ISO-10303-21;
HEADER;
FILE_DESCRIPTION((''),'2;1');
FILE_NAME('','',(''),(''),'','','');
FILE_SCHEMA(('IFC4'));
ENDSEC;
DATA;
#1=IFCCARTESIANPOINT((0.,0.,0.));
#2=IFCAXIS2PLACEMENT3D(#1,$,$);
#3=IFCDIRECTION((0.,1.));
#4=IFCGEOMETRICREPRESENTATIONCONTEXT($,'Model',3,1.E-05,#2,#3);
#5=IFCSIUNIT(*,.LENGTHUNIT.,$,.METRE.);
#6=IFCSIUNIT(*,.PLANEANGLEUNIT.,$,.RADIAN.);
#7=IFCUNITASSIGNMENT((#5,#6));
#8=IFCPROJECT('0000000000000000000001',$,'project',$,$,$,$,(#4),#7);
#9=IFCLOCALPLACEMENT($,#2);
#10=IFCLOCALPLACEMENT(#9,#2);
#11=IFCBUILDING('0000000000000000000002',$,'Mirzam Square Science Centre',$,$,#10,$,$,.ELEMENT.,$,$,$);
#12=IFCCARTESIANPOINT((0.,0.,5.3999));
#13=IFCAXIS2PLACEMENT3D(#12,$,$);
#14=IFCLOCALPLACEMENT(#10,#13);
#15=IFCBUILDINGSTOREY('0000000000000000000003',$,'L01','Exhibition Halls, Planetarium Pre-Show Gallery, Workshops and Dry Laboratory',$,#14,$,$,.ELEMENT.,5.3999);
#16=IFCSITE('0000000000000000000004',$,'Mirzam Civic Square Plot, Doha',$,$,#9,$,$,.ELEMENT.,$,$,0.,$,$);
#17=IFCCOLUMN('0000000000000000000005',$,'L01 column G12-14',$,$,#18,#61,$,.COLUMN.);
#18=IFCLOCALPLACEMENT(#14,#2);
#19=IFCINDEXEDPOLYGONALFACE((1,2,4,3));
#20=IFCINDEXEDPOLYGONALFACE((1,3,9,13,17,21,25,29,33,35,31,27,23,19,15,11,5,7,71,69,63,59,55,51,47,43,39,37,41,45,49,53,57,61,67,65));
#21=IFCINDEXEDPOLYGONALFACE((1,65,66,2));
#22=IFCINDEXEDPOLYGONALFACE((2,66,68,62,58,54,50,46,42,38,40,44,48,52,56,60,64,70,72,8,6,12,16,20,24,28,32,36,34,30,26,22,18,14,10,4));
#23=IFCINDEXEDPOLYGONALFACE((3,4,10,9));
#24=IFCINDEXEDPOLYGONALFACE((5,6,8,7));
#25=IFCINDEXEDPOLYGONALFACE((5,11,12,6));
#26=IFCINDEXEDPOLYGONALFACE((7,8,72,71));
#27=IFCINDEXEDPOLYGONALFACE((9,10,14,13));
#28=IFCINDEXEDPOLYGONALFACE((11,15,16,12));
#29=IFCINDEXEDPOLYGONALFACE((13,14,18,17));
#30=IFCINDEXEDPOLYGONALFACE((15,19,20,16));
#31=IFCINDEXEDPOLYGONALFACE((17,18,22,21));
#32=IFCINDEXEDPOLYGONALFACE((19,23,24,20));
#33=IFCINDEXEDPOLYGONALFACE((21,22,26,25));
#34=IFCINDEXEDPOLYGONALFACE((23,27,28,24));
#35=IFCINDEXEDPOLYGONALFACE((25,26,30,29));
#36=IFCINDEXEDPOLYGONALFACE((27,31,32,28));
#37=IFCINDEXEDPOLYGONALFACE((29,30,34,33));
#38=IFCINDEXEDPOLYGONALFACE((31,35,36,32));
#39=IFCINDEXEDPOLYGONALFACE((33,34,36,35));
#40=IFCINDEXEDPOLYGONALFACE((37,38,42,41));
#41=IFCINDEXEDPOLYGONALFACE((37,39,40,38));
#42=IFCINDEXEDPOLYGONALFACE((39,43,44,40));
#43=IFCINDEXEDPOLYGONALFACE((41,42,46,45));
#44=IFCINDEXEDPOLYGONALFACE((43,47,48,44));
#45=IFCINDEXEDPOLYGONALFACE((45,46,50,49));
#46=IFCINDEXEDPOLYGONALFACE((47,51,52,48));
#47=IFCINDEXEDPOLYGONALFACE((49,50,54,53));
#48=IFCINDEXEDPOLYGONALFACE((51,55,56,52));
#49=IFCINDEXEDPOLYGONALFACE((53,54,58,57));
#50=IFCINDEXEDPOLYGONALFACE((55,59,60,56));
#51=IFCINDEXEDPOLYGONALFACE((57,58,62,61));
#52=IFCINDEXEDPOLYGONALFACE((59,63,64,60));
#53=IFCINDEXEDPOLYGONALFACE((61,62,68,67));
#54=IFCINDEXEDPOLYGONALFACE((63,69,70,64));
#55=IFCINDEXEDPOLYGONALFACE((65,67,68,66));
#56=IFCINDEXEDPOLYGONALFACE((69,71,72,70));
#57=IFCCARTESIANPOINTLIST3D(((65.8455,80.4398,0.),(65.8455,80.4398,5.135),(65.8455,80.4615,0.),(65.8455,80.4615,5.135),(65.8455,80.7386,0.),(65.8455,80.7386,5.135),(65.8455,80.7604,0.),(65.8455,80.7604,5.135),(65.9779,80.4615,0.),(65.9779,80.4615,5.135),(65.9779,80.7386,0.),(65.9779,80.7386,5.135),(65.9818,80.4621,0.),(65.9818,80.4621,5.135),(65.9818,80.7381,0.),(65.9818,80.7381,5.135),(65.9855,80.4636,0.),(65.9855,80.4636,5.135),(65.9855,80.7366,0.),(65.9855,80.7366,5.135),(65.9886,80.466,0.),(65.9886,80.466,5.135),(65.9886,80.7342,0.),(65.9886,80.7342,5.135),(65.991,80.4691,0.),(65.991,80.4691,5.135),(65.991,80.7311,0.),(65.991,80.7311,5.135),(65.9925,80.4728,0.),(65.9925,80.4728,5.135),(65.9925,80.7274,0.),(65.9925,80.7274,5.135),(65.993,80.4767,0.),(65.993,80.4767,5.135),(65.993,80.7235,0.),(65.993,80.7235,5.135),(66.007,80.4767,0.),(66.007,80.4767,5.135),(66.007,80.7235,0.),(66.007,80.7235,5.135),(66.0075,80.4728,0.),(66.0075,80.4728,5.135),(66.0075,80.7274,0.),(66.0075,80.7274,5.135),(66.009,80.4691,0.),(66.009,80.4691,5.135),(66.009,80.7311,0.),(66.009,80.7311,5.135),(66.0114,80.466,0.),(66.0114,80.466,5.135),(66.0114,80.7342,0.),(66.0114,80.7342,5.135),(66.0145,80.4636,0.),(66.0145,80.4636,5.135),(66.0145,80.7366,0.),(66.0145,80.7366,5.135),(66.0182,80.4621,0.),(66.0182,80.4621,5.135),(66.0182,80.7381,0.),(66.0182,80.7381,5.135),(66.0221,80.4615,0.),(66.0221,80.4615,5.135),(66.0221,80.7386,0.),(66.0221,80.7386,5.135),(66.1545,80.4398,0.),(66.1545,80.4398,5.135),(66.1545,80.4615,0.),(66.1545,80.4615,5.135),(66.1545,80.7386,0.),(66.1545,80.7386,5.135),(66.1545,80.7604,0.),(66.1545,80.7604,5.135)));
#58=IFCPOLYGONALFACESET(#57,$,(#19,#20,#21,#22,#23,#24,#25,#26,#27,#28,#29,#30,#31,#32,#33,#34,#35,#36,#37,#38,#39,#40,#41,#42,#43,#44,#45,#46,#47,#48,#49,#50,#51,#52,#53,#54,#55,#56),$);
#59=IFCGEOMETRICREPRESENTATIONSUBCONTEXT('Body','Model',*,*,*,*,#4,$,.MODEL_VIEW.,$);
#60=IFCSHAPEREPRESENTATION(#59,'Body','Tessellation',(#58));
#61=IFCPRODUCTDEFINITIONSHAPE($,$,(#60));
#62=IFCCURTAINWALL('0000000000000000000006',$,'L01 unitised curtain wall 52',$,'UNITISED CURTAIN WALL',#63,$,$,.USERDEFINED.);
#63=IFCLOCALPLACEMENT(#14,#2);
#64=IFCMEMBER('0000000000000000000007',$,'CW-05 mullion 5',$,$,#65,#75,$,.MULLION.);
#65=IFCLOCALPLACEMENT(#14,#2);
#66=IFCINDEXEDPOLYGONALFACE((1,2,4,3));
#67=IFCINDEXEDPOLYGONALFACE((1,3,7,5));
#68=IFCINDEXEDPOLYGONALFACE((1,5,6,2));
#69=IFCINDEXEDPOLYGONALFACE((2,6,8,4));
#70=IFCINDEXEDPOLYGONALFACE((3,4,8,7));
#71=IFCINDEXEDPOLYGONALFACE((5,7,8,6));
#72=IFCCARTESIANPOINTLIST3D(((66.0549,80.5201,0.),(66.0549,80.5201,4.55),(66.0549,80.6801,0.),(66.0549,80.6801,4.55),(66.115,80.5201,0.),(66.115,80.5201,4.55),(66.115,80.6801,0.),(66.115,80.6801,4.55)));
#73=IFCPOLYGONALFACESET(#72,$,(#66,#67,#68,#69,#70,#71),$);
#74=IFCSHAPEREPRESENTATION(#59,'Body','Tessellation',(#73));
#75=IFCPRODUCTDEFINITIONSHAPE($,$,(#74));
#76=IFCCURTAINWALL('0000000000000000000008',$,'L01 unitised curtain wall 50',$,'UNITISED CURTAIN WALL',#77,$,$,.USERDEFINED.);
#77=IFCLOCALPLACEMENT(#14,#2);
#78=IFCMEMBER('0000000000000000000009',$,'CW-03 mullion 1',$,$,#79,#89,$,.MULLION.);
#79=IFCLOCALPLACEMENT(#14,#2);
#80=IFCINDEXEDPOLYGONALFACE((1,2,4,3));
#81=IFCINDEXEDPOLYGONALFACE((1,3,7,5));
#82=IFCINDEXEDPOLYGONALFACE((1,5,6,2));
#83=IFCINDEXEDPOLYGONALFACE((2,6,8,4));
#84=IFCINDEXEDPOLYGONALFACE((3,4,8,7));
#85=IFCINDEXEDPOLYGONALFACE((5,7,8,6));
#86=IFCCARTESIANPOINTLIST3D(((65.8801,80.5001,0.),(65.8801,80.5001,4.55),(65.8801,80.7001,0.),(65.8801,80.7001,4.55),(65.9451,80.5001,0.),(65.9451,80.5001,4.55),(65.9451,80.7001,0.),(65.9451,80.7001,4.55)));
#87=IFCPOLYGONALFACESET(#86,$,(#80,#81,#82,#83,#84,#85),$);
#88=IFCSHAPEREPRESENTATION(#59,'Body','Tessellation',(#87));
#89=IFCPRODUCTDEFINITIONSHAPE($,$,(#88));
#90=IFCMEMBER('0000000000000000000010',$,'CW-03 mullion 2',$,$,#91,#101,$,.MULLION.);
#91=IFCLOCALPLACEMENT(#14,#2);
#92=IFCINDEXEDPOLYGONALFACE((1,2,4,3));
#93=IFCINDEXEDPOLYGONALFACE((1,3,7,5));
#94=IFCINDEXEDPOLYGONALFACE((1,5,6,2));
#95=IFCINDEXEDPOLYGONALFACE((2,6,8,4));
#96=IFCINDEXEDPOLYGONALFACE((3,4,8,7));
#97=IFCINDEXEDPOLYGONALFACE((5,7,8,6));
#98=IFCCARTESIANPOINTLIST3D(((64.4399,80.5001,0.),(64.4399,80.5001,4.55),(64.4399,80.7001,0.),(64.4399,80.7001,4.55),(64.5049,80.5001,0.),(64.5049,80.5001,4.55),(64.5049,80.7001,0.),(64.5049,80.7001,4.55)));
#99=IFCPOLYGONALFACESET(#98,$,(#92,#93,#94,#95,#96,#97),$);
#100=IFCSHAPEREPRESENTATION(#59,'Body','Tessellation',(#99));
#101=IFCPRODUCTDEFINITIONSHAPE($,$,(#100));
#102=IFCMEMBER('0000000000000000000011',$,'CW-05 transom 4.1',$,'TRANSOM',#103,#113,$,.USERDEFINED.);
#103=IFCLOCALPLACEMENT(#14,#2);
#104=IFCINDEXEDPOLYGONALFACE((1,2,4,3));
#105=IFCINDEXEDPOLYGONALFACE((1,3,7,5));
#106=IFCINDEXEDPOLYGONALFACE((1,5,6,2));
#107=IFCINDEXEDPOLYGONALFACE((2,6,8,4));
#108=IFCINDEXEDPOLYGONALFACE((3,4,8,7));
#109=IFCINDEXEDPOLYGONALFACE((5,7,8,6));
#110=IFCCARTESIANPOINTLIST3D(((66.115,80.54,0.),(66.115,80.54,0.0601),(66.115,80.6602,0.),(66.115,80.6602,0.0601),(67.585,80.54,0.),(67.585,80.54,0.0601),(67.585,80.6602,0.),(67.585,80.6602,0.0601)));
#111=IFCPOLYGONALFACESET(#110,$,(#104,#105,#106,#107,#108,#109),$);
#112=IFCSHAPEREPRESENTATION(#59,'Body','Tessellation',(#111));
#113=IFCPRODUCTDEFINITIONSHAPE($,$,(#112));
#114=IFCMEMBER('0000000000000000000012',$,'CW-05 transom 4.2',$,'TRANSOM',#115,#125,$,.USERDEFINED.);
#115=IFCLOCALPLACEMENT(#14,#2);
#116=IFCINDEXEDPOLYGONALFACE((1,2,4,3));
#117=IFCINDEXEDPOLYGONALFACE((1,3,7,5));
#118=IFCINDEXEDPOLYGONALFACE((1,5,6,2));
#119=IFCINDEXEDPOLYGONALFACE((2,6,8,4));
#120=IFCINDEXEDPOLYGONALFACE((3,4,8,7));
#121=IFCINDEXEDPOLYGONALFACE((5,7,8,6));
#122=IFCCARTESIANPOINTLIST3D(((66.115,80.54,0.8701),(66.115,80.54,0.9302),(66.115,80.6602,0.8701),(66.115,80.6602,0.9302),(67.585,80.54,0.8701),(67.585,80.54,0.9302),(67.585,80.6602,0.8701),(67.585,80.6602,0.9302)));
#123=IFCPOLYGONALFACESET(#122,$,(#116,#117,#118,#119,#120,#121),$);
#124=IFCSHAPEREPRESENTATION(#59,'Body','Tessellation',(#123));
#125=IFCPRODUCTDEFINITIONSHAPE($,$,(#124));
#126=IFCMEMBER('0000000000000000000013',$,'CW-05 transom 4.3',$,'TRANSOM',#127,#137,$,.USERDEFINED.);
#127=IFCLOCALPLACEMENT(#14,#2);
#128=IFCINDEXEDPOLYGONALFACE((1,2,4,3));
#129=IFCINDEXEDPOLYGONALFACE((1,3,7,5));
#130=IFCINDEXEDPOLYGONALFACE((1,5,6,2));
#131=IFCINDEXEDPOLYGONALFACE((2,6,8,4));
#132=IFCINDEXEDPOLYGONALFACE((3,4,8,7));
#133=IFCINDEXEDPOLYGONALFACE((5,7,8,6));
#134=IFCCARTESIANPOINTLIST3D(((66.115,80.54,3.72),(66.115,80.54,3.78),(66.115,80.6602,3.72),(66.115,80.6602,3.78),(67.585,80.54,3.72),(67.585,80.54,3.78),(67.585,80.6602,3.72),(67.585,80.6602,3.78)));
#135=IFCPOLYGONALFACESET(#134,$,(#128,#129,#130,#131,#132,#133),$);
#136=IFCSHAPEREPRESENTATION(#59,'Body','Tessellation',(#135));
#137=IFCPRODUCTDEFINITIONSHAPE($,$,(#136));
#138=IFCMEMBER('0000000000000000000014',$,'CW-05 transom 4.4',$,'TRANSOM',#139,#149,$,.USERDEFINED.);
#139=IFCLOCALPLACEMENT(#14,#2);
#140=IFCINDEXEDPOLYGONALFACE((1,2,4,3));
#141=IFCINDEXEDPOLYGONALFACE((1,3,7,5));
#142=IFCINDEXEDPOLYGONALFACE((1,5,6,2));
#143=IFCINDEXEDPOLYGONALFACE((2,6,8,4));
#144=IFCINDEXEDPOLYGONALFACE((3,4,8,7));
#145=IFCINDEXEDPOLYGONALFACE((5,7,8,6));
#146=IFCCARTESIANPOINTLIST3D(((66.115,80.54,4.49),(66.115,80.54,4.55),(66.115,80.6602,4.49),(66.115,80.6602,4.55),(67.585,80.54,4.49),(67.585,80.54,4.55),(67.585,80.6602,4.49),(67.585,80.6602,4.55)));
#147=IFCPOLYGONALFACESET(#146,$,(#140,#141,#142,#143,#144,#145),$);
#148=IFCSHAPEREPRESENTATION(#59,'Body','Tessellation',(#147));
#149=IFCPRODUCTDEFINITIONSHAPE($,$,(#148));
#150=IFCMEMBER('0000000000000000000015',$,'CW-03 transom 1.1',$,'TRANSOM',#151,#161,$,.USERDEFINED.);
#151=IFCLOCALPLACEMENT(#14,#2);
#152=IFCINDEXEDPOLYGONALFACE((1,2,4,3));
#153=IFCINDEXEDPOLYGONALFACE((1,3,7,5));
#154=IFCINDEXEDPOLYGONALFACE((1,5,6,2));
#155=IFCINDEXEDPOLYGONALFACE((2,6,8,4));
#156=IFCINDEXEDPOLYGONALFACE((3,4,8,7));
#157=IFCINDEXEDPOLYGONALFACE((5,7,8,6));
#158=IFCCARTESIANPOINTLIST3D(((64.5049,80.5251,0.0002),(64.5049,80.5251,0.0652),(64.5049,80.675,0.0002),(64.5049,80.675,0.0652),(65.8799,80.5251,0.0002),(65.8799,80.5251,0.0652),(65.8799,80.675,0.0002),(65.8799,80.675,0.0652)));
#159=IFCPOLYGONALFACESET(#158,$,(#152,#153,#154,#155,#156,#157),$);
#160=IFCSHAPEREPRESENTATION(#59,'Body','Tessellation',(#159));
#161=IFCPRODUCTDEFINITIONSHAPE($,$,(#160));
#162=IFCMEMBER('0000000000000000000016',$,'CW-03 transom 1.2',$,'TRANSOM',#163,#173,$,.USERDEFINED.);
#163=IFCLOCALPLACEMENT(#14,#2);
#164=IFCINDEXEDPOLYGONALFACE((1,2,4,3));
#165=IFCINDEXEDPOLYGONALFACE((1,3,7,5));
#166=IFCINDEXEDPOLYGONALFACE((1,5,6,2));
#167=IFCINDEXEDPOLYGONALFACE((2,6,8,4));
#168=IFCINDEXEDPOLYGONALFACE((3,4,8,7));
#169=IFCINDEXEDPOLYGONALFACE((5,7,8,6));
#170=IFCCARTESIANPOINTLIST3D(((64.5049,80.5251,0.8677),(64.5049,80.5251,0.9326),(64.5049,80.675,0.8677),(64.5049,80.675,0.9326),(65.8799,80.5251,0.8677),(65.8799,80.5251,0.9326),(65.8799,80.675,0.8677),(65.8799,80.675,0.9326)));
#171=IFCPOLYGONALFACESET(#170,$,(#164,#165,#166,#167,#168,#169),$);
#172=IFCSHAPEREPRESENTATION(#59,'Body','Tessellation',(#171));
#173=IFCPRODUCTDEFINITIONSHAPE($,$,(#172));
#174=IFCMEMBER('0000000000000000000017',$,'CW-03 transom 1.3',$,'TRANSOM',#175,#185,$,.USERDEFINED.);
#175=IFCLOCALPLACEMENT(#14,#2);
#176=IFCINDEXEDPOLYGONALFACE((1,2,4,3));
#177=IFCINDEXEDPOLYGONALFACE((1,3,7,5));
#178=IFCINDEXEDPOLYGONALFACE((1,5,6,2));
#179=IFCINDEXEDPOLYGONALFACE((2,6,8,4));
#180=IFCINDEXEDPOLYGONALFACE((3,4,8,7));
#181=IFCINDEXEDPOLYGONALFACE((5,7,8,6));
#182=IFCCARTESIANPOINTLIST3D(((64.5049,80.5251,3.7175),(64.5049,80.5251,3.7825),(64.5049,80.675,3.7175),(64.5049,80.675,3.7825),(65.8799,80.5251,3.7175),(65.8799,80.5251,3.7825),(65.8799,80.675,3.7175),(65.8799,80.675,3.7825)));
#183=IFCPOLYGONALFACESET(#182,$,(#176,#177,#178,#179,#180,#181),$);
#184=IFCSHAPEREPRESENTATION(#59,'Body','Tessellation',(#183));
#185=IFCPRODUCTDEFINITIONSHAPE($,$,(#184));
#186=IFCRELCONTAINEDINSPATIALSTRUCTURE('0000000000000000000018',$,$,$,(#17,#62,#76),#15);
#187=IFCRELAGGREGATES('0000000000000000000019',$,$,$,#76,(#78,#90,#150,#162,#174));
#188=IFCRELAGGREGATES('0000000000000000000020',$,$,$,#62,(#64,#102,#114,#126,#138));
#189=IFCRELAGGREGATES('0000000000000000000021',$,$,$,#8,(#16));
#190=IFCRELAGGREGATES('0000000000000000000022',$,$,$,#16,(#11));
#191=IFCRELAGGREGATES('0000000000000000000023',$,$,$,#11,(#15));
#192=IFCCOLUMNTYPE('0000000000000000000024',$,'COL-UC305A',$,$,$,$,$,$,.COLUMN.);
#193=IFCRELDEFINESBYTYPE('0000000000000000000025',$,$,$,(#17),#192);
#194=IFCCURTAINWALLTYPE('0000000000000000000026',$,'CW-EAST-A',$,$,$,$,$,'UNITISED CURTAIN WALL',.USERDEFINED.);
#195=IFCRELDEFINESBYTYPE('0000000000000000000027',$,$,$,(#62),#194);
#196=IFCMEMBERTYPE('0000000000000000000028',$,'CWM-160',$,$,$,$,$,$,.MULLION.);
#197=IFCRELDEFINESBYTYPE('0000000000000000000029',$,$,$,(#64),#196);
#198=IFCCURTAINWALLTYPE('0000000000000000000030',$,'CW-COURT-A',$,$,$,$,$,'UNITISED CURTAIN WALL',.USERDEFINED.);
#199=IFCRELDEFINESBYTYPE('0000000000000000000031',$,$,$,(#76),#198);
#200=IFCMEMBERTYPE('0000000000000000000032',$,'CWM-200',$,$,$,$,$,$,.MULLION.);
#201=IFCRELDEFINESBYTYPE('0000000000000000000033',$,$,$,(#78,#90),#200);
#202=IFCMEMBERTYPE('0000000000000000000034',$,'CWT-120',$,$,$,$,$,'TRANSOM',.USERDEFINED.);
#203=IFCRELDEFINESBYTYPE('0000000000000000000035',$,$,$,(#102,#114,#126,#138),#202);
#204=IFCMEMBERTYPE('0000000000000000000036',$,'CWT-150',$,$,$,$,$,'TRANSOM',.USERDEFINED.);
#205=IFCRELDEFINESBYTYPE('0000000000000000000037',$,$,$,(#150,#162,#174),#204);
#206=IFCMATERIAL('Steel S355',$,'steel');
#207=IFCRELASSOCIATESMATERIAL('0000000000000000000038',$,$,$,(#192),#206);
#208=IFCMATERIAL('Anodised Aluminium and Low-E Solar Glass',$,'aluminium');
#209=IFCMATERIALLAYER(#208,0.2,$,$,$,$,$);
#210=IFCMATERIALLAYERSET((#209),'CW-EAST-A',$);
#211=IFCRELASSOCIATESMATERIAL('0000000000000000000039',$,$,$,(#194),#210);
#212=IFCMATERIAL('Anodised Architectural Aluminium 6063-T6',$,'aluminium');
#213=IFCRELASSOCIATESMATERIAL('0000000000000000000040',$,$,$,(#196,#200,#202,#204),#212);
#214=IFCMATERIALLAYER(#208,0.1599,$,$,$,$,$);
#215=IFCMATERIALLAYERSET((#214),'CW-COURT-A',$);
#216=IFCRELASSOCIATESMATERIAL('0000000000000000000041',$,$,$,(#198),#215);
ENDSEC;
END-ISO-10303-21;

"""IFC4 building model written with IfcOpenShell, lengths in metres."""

from ifc_helpers import new_model, si_unit, direction, frame, origin, origin_2d, place, context, subcontext, project, spatial, rectangle, i_section, extrude, material, layer, layer_set, material_profile, profile_set, type_object, element, aggregate, save


model = new_model("IFC4")

# Units and contexts
model_context = context("Model", 3, precision=1e-05, world=origin(), true_north=direction((0.0, 1.0)))
body_context = subcontext(model_context, "Body", "Model", "MODEL_VIEW")
ifc_project = project(units=[si_unit("LENGTHUNIT", "METRE"), si_unit("PLANEANGLEUNIT", "RADIAN")], contexts=[model_context])

# Site, building, storey
site_placement = place(None, origin())
site = spatial("IfcSite", under=ifc_project, at=site_placement, Name="Mirzam Civic Square Plot, Doha", CompositionType="ELEMENT", RefElevation=0.0)
building_placement = place(site_placement, origin())
building = spatial("IfcBuilding", under=site, at=building_placement, Name="Mirzam Square Science Centre", CompositionType="ELEMENT")
storey_placement = place(building_placement, frame((0.0, 0.0, 5.3999)))
storey = spatial("IfcBuildingStorey", under=building, at=storey_placement, Name="L01", Description="Exhibition Halls, Planetarium Pre-Show Gallery, Workshops and Dry Laboratory", CompositionType="ELEMENT", Elevation=5.3999)

# Column
ifc_material_1 = material(Name="Steel S355", Category="steel")
ifc_material_profile_1 = material_profile(ifc_material_1, i_section(OverallWidth=0.3091, OverallDepth=0.3206, WebThickness=0.0139, FlangeThickness=0.0217, FilletRadius=0.0151, at=origin_2d()), Name="305x305x137UC")
ifc_profile_set_1 = profile_set([ifc_material_profile_1], Name="Steel S355")
column_type = type_object("IfcColumnType", Name="COL-UC305A", PredefinedType="COLUMN", material=ifc_profile_set_1)
column_placement = place(storey_placement, frame((66.0, 80.6001, 0.0), z_axis=(0.0, 0.0, 1.0), x_axis=(1.0, 0.0, 0.0)))
element("IfcColumn", 1, at=column_placement, inside=storey, type_object=column_type, Name="L01 column G12-14", PredefinedType="COLUMN", context=body_context, shape_type="SweptSolid", body=[
    extrude(i_section(OverallWidth=0.3091, OverallDepth=0.3206, WebThickness=0.0139, FlangeThickness=0.0217, FilletRadius=0.0151, at=origin_2d()), origin(), (0.0, 0.0, 1.0), 5.135),
])

# Curtain wall, member
ifc_material_2 = material(Name="Anodised Aluminium and Low-E Solar Glass", Category="aluminium")
ifc_layer_1 = layer(ifc_material_2, 0.2)
ifc_layer_set_1 = layer_set([ifc_layer_1], Name="CW-EAST-A")
curtain_wall_type_1 = type_object("IfcCurtainWallType", Name="CW-EAST-A", ElementType="UNITISED CURTAIN WALL", PredefinedType="USERDEFINED", material=ifc_layer_set_1)
curtain_wall_1_placement = place(storey_placement, origin())
curtain_wall_1 = element("IfcCurtainWall", 2, at=curtain_wall_1_placement, inside=storey, type_object=curtain_wall_type_1, Name="L01 unitised curtain wall 52", ObjectType="UNITISED CURTAIN WALL", PredefinedType="USERDEFINED")
ifc_material_3 = material(Name="Anodised Architectural Aluminium 6063-T6", Category="aluminium")
ifc_material_profile_2 = material_profile(ifc_material_3, rectangle(XDim=0.0601, YDim=0.1599, at=origin_2d()), Name="ALU-MULL-160x60x4")
ifc_profile_set_2 = profile_set([ifc_material_profile_2], Name="Anodised Architectural Aluminium 6063-T6")
member_type_1 = type_object("IfcMemberType", Name="CWM-160", PredefinedType="MULLION", material=ifc_profile_set_2)
member_1_placement = place(storey_placement, frame((66.085, 80.6001, 0.0), z_axis=(0.0, 0.0, 1.0), x_axis=(-1.0, 0.0, 0.0)))
member_1 = element("IfcMember", 3, at=member_1_placement, type_object=member_type_1, Name="CW-05 mullion 5", PredefinedType="MULLION", context=body_context, shape_type="SweptSolid", body=[
    extrude(rectangle(XDim=0.0601, YDim=0.1599, at=origin_2d()), origin(), (0.0, 0.0, 1.0), 4.55),
])

# Curtain wall, members
ifc_layer_2 = layer(ifc_material_2, 0.1599)
ifc_layer_set_2 = layer_set([ifc_layer_2], Name="CW-COURT-A")
curtain_wall_type_2 = type_object("IfcCurtainWallType", Name="CW-COURT-A", ElementType="UNITISED CURTAIN WALL", PredefinedType="USERDEFINED", material=ifc_layer_set_2)
curtain_wall_2_placement = place(storey_placement, origin())
curtain_wall_2 = element("IfcCurtainWall", 4, at=curtain_wall_2_placement, inside=storey, type_object=curtain_wall_type_2, Name="L01 unitised curtain wall 50", ObjectType="UNITISED CURTAIN WALL", PredefinedType="USERDEFINED")
ifc_material_profile_3 = material_profile(ifc_material_3, rectangle(XDim=0.0649, YDim=0.2, at=origin_2d()), Name="ALU-MULL-200x65x5")
ifc_profile_set_3 = profile_set([ifc_material_profile_3], Name="Anodised Architectural Aluminium 6063-T6")
member_type_2 = type_object("IfcMemberType", Name="CWM-200", PredefinedType="MULLION", material=ifc_profile_set_3)
member_2_placement = place(storey_placement, frame((65.9126, 80.6001, 0.0), z_axis=(0.0, 0.0, 1.0), x_axis=(-1.0, 0.0, 0.0)))
member_2 = element("IfcMember", 5, at=member_2_placement, type_object=member_type_2, Name="CW-03 mullion 1", PredefinedType="MULLION", context=body_context, shape_type="SweptSolid", body=[
    extrude(rectangle(XDim=0.0649, YDim=0.2, at=origin_2d()), origin(), (0.0, 0.0, 1.0), 4.55),
])
member_3_placement = place(storey_placement, frame((64.4724, 80.6001, 0.0), z_axis=(0.0, 0.0, 1.0), x_axis=(-1.0, 0.0, 0.0)))
member_3 = element("IfcMember", 6, at=member_3_placement, type_object=member_type_2, Name="CW-03 mullion 2", PredefinedType="MULLION", context=body_context, shape_type="SweptSolid", body=[
    extrude(rectangle(XDim=0.0649, YDim=0.2, at=origin_2d()), origin(), (0.0, 0.0, 1.0), 4.55),
])

# Members
ifc_material_profile_4 = material_profile(ifc_material_3, rectangle(XDim=0.1201, YDim=0.0601, at=origin_2d()), Name="ALU-TRAN-120x60x4")
ifc_profile_set_4 = profile_set([ifc_material_profile_4], Name="Anodised Architectural Aluminium 6063-T6")
member_type_3 = type_object("IfcMemberType", Name="CWT-120", ElementType="TRANSOM", PredefinedType="USERDEFINED", material=ifc_profile_set_4)
member_4_placement = place(storey_placement, frame((67.585, 80.6001, 0.03), z_axis=(-1.0, 0.0, 0.0), x_axis=(0.0, -1.0, 0.0)))
member_4 = element("IfcMember", 7, at=member_4_placement, type_object=member_type_3, Name="CW-05 transom 4.1", ObjectType="TRANSOM", PredefinedType="USERDEFINED", context=body_context, shape_type="SweptSolid", body=[
    extrude(rectangle(XDim=0.1201, YDim=0.0601, at=origin_2d()), origin(), (0.0, 0.0, 1.0), 1.47),
])
member_5_placement = place(storey_placement, frame((67.585, 80.6001, 0.9001), z_axis=(-1.0, 0.0, 0.0), x_axis=(0.0, -1.0, 0.0)))
member_5 = element("IfcMember", 8, at=member_5_placement, type_object=member_type_3, Name="CW-05 transom 4.2", ObjectType="TRANSOM", PredefinedType="USERDEFINED", context=body_context, shape_type="SweptSolid", body=[
    extrude(rectangle(XDim=0.1201, YDim=0.0601, at=origin_2d()), origin(), (0.0, 0.0, 1.0), 1.47),
])
member_6_placement = place(storey_placement, frame((67.585, 80.6001, 3.75), z_axis=(-1.0, 0.0, 0.0), x_axis=(0.0, -1.0, 0.0)))
member_6 = element("IfcMember", 9, at=member_6_placement, type_object=member_type_3, Name="CW-05 transom 4.3", ObjectType="TRANSOM", PredefinedType="USERDEFINED", context=body_context, shape_type="SweptSolid", body=[
    extrude(rectangle(XDim=0.1201, YDim=0.0601, at=origin_2d()), origin(), (0.0, 0.0, 1.0), 1.47),
])
member_7_placement = place(storey_placement, frame((67.585, 80.6001, 4.52), z_axis=(-1.0, 0.0, 0.0), x_axis=(0.0, -1.0, 0.0)))
member_7 = element("IfcMember", 10, at=member_7_placement, type_object=member_type_3, Name="CW-05 transom 4.4", ObjectType="TRANSOM", PredefinedType="USERDEFINED", context=body_context, shape_type="SweptSolid", body=[
    extrude(rectangle(XDim=0.1201, YDim=0.0601, at=origin_2d()), origin(), (0.0, 0.0, 1.0), 1.47),
])
ifc_material_profile_5 = material_profile(ifc_material_3, rectangle(XDim=0.1499, YDim=0.0649, at=origin_2d()), Name="ALU-TRAN-150x65x4")
ifc_profile_set_5 = profile_set([ifc_material_profile_5], Name="Anodised Architectural Aluminium 6063-T6")
member_type_4 = type_object("IfcMemberType", Name="CWT-150", ElementType="TRANSOM", PredefinedType="USERDEFINED", material=ifc_profile_set_5)
member_8_placement = place(storey_placement, frame((65.8799, 80.6001, 0.0327), z_axis=(-1.0, 0.0, 0.0), x_axis=(0.0, -1.0, 0.0)))
member_8 = element("IfcMember", 11, at=member_8_placement, type_object=member_type_4, Name="CW-03 transom 1.1", ObjectType="TRANSOM", PredefinedType="USERDEFINED", context=body_context, shape_type="SweptSolid", body=[
    extrude(rectangle(XDim=0.1499, YDim=0.0649, at=origin_2d()), origin(), (0.0, 0.0, 1.0), 1.375),
])
member_9_placement = place(storey_placement, frame((65.8799, 80.6001, 0.9001), z_axis=(-1.0, 0.0, 0.0), x_axis=(0.0, -1.0, 0.0)))
member_9 = element("IfcMember", 12, at=member_9_placement, type_object=member_type_4, Name="CW-03 transom 1.2", ObjectType="TRANSOM", PredefinedType="USERDEFINED", context=body_context, shape_type="SweptSolid", body=[
    extrude(rectangle(XDim=0.1499, YDim=0.0649, at=origin_2d()), origin(), (0.0, 0.0, 1.0), 1.375),
])
member_10_placement = place(storey_placement, frame((65.8799, 80.6001, 3.75), z_axis=(-1.0, 0.0, 0.0), x_axis=(0.0, -1.0, 0.0)))
member_10 = element("IfcMember", 13, at=member_10_placement, type_object=member_type_4, Name="CW-03 transom 1.3", ObjectType="TRANSOM", PredefinedType="USERDEFINED", context=body_context, shape_type="SweptSolid", body=[
    extrude(rectangle(XDim=0.1499, YDim=0.0649, at=origin_2d()), origin(), (0.0, 0.0, 1.0), 1.375),
])

aggregate(curtain_wall_2, [member_2, member_3, member_8, member_9, member_10])
aggregate(curtain_wall_1, [member_1, member_4, member_5, member_6, member_7])

save(model, "model.ifc")
